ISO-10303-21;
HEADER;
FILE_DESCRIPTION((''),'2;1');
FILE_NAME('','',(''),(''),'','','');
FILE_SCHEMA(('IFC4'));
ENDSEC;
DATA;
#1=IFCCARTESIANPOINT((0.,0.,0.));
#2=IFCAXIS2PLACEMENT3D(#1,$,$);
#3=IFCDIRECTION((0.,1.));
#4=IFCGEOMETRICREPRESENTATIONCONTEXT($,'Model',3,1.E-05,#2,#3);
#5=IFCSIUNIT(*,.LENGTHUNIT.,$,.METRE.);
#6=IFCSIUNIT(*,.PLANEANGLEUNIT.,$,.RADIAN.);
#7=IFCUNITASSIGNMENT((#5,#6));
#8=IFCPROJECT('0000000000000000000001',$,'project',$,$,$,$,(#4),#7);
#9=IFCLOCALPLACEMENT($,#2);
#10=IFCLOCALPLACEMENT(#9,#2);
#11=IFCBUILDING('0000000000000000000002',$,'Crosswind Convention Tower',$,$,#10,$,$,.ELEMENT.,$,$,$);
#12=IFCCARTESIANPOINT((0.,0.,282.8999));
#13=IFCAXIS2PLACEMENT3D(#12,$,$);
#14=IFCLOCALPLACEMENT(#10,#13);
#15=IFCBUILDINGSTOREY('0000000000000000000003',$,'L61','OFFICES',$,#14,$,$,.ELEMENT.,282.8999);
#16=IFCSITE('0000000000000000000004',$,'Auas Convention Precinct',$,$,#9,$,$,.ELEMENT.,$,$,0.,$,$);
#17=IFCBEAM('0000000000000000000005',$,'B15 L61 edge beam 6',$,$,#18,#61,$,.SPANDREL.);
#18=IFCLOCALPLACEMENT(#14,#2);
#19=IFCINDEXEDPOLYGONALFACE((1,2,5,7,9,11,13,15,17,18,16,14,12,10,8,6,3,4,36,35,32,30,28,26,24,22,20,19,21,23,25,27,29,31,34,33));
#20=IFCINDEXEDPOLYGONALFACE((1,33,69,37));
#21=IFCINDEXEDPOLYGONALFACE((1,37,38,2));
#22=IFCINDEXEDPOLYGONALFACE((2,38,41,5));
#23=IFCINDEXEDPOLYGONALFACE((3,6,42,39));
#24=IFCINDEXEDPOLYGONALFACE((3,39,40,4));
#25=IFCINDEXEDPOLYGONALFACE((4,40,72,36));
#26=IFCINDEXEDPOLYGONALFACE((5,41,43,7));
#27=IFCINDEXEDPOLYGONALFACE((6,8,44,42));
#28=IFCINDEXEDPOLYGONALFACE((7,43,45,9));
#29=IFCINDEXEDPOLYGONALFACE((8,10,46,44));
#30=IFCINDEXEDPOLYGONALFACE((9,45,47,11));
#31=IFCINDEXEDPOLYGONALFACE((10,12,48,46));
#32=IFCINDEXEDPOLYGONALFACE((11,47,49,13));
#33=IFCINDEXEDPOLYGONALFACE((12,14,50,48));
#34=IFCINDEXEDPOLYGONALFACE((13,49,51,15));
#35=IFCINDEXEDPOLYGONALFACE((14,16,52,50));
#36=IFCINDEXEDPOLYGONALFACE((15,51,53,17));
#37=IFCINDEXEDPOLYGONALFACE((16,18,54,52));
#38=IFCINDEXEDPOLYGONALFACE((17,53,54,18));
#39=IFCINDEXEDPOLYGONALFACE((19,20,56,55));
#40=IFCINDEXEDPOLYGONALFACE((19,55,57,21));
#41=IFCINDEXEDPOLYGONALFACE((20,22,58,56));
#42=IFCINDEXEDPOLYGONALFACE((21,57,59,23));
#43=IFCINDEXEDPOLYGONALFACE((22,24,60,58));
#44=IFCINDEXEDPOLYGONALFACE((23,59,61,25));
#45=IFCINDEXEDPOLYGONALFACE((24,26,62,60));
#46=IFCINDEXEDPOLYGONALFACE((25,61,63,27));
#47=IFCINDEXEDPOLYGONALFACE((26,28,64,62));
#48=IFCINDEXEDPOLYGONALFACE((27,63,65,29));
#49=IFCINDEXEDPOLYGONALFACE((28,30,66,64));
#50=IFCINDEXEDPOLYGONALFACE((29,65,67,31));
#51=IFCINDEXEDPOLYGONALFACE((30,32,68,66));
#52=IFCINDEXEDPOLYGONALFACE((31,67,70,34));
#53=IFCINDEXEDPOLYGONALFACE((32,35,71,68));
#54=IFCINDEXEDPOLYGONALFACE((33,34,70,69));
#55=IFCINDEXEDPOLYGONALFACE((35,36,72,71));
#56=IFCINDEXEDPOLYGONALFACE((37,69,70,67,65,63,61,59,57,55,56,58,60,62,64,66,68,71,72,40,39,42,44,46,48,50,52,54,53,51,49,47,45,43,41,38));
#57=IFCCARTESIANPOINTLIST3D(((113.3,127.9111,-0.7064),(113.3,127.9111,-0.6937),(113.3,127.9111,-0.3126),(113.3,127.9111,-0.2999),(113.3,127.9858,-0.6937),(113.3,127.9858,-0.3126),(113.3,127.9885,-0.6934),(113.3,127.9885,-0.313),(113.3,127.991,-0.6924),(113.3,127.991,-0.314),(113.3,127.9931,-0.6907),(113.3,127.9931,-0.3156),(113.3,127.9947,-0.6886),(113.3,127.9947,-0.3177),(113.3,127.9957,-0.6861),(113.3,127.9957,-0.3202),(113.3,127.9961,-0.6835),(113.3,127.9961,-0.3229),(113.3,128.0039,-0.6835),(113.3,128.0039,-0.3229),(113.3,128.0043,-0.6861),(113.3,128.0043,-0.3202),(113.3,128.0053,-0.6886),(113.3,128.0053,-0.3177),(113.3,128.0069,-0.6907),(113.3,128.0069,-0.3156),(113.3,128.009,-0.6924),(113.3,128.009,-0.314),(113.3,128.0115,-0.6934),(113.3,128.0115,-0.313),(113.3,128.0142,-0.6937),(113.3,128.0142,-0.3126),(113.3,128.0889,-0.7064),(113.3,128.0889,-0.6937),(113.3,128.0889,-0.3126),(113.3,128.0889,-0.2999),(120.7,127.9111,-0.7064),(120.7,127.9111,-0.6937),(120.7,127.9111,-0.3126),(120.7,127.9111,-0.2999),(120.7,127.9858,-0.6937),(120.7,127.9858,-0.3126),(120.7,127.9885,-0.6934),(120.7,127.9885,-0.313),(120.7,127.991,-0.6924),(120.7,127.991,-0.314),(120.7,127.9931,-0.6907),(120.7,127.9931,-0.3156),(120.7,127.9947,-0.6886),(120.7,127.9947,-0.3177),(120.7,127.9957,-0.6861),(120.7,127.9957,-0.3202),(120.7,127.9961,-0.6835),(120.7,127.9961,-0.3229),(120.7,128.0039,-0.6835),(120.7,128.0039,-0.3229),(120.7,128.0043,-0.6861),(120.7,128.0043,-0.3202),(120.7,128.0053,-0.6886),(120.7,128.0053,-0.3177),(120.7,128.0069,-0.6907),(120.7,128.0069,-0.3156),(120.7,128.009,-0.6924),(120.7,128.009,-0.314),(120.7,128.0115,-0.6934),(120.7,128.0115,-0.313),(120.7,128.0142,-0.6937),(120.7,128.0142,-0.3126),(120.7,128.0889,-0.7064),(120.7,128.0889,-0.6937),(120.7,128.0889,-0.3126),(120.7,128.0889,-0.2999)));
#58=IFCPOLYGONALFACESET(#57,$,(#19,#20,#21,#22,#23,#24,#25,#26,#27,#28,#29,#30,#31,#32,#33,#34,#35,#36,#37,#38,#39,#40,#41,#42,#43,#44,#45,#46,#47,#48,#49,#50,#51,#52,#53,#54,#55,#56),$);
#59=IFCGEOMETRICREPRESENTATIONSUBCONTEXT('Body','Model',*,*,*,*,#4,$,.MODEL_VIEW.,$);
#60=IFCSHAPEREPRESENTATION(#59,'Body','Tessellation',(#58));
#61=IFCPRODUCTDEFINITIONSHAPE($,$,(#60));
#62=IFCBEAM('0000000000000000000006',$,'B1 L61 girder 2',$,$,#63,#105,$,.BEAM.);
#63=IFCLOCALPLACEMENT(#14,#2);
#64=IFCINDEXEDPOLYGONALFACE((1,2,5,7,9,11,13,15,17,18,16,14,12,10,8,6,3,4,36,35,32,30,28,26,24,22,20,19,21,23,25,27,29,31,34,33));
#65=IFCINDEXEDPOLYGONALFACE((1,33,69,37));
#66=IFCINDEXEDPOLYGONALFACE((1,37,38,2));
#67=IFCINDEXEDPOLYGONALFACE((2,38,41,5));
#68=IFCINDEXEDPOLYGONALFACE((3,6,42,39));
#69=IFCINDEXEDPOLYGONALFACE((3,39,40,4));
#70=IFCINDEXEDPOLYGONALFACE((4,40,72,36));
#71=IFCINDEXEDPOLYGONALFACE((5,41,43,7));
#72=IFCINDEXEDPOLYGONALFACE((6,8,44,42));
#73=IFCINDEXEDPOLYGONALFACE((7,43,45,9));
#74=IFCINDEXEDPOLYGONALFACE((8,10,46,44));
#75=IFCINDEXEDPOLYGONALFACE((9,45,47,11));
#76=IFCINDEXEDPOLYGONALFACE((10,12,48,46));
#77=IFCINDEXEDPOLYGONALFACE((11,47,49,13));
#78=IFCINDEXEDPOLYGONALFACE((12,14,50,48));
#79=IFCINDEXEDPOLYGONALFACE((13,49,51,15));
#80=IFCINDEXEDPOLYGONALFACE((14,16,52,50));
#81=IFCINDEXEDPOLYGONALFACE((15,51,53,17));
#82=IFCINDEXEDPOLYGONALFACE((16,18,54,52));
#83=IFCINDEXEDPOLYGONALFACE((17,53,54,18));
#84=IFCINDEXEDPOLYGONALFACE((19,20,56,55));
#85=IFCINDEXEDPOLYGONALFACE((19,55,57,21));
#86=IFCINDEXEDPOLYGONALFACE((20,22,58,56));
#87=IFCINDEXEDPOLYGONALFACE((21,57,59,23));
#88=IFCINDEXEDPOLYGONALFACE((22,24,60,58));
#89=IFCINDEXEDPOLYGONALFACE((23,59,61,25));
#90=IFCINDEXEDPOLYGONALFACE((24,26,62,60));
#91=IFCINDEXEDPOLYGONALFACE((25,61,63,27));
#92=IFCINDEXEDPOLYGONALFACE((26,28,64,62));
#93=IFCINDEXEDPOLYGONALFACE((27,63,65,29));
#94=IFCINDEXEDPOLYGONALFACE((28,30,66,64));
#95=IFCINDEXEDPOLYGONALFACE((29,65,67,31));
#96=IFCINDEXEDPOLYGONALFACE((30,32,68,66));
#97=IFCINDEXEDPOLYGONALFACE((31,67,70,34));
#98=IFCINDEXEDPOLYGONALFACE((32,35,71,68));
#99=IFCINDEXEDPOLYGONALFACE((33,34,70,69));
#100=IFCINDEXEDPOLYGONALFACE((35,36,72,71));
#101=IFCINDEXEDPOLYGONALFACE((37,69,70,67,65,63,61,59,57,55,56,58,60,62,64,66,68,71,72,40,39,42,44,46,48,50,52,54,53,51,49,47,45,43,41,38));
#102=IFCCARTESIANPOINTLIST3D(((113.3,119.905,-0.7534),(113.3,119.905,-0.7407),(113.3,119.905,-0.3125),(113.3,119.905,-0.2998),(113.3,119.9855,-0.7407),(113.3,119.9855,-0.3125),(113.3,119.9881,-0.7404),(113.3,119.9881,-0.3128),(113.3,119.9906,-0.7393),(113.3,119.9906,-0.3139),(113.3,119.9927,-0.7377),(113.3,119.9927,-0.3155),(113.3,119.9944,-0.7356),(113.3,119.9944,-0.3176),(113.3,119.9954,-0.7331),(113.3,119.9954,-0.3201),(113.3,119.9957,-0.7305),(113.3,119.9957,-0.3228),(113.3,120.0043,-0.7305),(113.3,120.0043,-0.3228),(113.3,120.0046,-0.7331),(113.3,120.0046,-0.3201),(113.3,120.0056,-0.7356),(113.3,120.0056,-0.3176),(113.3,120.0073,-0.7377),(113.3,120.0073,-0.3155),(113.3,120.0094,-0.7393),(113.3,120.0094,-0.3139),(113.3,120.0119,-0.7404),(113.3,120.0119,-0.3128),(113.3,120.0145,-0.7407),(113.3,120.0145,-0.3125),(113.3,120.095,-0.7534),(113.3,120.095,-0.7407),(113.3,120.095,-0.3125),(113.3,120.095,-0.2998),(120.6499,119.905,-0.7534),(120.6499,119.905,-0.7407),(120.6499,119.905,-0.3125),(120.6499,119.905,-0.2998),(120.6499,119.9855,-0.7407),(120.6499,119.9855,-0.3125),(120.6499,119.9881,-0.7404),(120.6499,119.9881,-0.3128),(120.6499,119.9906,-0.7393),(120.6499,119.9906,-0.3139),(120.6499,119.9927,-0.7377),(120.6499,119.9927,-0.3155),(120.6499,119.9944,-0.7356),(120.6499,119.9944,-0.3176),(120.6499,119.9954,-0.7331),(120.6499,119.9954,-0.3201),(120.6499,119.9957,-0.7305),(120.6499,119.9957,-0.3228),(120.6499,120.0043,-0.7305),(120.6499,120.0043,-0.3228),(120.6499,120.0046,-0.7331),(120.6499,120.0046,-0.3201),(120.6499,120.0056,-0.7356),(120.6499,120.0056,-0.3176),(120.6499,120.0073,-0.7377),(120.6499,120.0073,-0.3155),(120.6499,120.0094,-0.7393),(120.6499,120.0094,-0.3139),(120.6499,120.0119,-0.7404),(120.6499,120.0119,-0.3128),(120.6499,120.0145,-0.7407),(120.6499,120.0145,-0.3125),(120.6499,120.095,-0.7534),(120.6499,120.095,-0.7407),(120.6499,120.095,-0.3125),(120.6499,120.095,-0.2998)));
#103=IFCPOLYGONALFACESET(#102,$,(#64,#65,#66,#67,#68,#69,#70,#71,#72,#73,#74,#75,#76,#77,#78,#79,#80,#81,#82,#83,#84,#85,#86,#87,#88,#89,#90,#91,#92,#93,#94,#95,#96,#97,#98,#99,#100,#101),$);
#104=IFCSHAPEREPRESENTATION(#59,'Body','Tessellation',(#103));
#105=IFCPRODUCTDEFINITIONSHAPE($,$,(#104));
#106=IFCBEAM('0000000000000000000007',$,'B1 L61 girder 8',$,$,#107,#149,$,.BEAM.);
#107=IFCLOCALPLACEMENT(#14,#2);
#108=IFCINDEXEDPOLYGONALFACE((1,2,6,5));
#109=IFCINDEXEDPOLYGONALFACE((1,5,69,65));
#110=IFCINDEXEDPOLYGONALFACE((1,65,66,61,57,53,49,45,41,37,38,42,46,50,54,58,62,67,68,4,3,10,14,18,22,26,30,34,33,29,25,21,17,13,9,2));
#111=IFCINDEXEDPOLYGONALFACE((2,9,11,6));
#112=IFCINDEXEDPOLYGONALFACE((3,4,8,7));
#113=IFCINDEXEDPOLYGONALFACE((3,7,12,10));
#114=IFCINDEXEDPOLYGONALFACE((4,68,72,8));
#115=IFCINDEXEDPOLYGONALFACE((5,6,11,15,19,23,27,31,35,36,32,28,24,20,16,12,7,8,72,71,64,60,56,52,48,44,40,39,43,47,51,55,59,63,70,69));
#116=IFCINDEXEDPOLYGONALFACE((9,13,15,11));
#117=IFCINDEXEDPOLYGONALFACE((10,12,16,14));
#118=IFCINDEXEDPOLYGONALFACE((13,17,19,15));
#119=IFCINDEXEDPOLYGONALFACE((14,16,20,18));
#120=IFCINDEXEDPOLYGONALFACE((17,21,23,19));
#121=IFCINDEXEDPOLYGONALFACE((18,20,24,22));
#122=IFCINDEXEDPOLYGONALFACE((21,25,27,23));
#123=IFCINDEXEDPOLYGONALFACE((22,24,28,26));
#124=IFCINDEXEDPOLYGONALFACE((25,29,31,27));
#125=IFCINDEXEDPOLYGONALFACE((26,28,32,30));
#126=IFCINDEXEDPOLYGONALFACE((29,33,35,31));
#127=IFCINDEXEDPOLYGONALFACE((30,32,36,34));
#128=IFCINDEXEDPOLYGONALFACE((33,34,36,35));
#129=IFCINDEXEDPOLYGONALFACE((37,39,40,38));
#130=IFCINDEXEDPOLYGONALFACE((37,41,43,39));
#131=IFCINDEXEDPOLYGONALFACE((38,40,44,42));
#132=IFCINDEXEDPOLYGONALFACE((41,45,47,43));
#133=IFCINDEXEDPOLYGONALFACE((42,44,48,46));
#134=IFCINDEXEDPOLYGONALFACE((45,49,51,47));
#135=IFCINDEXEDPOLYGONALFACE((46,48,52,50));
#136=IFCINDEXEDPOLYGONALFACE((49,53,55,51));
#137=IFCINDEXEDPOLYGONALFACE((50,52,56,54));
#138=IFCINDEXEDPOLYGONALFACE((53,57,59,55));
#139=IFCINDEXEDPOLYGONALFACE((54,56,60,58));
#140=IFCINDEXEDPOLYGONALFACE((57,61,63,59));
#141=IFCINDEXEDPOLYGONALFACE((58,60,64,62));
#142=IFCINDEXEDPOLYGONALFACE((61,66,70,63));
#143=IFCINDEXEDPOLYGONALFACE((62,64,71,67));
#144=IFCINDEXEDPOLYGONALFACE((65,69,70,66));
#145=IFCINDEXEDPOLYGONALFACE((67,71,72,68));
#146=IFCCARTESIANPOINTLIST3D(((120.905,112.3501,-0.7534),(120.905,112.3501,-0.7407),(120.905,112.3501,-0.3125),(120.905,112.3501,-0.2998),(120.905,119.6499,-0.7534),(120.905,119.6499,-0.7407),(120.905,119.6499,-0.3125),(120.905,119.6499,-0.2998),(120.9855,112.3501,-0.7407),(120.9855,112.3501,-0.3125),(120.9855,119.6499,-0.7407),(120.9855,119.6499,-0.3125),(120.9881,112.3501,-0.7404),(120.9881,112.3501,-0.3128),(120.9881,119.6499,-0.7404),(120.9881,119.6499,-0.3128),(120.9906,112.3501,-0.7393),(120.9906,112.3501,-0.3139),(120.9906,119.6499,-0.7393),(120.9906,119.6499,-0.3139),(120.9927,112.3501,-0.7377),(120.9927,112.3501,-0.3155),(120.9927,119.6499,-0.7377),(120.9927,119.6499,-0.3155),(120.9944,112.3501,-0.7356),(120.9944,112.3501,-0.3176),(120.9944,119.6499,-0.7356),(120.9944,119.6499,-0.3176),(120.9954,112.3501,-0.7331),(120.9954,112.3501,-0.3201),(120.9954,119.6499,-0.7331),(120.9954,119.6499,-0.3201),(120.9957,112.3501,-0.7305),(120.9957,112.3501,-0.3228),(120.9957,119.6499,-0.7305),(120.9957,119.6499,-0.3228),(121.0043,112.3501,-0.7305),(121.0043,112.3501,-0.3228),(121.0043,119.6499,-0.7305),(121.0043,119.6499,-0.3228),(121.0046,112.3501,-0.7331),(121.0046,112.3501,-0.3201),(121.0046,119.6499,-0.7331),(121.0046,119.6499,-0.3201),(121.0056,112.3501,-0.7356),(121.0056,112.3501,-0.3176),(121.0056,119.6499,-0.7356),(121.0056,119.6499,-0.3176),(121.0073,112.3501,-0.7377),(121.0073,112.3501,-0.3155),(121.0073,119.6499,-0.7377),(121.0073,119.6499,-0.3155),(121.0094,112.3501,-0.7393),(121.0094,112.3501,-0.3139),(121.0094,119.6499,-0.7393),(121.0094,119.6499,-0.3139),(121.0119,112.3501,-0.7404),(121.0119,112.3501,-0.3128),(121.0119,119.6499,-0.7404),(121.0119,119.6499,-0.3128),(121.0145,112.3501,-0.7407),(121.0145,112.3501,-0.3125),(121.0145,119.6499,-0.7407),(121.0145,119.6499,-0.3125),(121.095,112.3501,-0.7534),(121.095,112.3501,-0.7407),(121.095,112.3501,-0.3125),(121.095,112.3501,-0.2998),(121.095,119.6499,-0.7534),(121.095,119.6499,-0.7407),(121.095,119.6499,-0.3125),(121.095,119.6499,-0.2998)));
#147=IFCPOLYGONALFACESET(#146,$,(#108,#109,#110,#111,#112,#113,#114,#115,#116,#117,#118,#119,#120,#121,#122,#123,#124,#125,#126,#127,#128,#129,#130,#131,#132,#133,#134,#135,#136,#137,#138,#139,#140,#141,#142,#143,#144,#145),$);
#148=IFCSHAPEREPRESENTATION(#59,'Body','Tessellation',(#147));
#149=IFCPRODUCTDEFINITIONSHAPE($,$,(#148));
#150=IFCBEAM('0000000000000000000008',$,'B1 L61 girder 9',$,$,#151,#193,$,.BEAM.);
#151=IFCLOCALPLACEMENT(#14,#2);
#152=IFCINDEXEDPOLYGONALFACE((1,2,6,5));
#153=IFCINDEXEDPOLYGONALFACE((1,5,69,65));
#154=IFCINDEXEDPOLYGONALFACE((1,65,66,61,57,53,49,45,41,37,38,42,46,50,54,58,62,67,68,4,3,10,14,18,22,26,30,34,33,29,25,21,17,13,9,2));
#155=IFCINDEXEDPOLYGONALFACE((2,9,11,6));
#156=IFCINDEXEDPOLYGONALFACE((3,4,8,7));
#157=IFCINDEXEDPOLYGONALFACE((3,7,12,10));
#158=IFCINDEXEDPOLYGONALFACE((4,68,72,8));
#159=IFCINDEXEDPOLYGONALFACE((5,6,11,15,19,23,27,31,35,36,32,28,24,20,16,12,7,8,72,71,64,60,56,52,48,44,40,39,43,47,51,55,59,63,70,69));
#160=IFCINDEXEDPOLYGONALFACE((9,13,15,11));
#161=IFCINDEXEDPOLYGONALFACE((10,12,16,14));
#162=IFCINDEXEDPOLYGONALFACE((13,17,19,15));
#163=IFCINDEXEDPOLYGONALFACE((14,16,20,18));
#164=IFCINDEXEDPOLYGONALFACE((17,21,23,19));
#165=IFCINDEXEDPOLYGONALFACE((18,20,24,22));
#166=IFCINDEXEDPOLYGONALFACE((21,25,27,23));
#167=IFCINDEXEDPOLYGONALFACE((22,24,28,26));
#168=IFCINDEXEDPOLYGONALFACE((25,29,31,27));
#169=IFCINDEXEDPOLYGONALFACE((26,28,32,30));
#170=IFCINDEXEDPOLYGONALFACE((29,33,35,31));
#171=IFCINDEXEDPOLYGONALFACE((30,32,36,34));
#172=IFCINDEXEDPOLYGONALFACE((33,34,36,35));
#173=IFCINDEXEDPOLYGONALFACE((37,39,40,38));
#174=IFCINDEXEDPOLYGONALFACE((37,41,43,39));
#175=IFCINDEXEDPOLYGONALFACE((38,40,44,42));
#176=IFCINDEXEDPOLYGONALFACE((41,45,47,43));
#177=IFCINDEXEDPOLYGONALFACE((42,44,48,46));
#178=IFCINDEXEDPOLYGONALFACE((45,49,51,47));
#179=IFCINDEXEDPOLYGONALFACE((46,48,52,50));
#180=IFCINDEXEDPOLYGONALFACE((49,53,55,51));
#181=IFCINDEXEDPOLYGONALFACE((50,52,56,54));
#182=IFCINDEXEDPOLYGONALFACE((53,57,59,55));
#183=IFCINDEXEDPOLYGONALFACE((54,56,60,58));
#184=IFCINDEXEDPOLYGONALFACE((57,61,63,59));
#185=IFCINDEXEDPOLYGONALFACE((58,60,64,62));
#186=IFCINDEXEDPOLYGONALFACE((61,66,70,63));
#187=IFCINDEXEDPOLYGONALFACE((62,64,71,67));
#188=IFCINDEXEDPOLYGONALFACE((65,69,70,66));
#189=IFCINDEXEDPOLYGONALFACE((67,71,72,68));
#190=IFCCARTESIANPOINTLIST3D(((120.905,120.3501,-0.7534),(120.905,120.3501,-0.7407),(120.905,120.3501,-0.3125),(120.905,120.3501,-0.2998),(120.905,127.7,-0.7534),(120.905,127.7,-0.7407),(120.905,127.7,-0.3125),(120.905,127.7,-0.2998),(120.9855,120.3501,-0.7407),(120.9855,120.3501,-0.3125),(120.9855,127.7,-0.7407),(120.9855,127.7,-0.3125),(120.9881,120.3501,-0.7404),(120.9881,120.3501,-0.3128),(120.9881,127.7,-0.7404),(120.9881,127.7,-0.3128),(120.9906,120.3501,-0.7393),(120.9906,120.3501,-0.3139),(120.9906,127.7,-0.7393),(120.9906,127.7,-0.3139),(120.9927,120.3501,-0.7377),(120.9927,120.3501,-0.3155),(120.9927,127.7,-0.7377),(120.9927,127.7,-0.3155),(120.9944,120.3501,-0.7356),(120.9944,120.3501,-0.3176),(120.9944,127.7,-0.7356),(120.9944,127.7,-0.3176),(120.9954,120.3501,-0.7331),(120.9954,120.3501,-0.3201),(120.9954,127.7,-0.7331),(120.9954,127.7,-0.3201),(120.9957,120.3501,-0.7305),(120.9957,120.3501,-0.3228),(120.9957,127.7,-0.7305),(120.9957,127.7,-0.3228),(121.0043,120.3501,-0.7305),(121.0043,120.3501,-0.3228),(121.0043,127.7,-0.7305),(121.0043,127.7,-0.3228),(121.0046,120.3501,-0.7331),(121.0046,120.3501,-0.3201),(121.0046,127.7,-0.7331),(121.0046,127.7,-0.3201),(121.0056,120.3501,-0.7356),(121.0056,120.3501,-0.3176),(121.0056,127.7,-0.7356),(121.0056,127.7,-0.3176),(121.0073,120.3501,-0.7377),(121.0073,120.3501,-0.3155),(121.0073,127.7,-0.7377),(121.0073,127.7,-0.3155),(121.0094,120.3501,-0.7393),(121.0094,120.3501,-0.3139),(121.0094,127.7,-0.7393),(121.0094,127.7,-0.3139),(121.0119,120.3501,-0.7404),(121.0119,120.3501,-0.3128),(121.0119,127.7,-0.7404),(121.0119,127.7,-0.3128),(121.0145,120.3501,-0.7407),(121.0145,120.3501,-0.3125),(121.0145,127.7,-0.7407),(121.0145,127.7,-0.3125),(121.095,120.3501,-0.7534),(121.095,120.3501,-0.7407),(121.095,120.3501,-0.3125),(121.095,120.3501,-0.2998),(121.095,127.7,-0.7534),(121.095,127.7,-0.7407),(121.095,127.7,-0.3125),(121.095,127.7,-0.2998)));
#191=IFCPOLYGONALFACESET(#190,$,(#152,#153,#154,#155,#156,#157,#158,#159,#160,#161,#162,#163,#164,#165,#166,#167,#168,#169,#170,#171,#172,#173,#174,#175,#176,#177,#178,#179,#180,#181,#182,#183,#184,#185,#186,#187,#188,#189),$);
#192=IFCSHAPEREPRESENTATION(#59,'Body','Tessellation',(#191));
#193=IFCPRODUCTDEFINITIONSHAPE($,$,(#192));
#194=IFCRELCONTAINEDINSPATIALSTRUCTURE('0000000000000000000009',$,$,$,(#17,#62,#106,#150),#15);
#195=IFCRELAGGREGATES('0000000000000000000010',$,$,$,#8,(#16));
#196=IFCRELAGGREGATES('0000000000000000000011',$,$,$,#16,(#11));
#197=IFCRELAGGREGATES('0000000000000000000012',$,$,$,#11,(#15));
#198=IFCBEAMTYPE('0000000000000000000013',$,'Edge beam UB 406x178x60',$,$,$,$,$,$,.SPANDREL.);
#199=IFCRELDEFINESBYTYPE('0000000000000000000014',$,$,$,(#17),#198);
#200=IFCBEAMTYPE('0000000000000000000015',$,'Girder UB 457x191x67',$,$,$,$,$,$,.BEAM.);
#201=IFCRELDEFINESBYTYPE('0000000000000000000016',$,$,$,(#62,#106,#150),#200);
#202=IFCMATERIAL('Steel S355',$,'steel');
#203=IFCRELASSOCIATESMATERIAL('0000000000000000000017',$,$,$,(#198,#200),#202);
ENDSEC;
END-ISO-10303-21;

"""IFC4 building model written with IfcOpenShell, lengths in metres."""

from ifc_helpers import new_model, si_unit, direction, frame, origin, origin_2d, place, context, subcontext, project, spatial, i_section, extrude, material, material_profile, profile_set, type_object, element, save


model = new_model("IFC4")

# Units and contexts
model_context = context("Model", 3, precision=1e-05, world=origin(), true_north=direction((0.0, 1.0)))
body_context = subcontext(model_context, "Body", "Model", "MODEL_VIEW")
ifc_project = project(units=[si_unit("LENGTHUNIT", "METRE"), si_unit("PLANEANGLEUNIT", "RADIAN")], contexts=[model_context])

# Site, building, storey
site_placement = place(None, origin())
site = spatial("IfcSite", under=ifc_project, at=site_placement, Name="Auas Convention Precinct", CompositionType="ELEMENT", RefElevation=0.0)
building_placement = place(site_placement, origin())
building = spatial("IfcBuilding", under=site, at=building_placement, Name="Crosswind Convention Tower", CompositionType="ELEMENT")
storey_placement = place(building_placement, frame((0.0, 0.0, 282.8999)))
storey = spatial("IfcBuildingStorey", under=building, at=storey_placement, Name="L61", Description="OFFICES", CompositionType="ELEMENT", Elevation=282.8999)

# Beams
ifc_material_1 = material(Name="Steel S355", Category="steel")
ifc_material_profile_1 = material_profile(ifc_material_1, i_section(OverallWidth=0.1777, OverallDepth=0.4065, WebThickness=0.0078, FlangeThickness=0.0127, FilletRadius=0.0103, at=origin_2d()), Name="UB 406x178x60")
ifc_profile_set_1 = profile_set([ifc_material_profile_1], Name="Steel S355")
beam_type_1 = type_object("IfcBeamType", Name="Edge beam UB 406x178x60", PredefinedType="SPANDREL", material=ifc_profile_set_1)
for number, where, z_axis, x_axis, name in (
    (1, (113.3, 128.0, -0.5032), (1.0, 0.0, 0.0), (0.0, 1.0, 0.0), "B15 L61 edge beam 6"),
):
    element("IfcBeam", number, at=place(storey_placement, frame(where, z_axis=z_axis, x_axis=x_axis)), inside=storey, type_object=beam_type_1, Name=name, PredefinedType="SPANDREL", context=body_context, shape_type="SweptSolid", body=[
        extrude(i_section(OverallWidth=0.1777, OverallDepth=0.4065, WebThickness=0.0078, FlangeThickness=0.0127, FilletRadius=0.0103, at=origin_2d()), origin(), (0.0, 0.0, 1.0), 7.3999),
    ])
ifc_material_profile_2 = material_profile(ifc_material_1, i_section(OverallWidth=0.1899, OverallDepth=0.4536, WebThickness=0.0085, FlangeThickness=0.0127, FilletRadius=0.0103, at=origin_2d()), Name="UB 457x191x67")
ifc_profile_set_2 = profile_set([ifc_material_profile_2], Name="Steel S355")
beam_type_2 = type_object("IfcBeamType", Name="Girder UB 457x191x67", PredefinedType="BEAM", material=ifc_profile_set_2)
beam_1_placement = place(storey_placement, frame((113.3, 120.0, -0.5266), z_axis=(1.0, 0.0, 0.0), x_axis=(0.0, 1.0, 0.0)))
element("IfcBeam", 2, at=beam_1_placement, inside=storey, type_object=beam_type_2, Name="B1 L61 girder 2", PredefinedType="BEAM", context=body_context, shape_type="SweptSolid", body=[
    extrude(i_section(OverallWidth=0.1899, OverallDepth=0.4536, WebThickness=0.0085, FlangeThickness=0.0127, FilletRadius=0.0103, at=origin_2d()), origin(), (0.0, 0.0, 1.0), 7.3499),
])
beam_2_placement = place(storey_placement, frame((121.0, 112.3501, -0.5266), z_axis=(0.0, 1.0, 0.0), x_axis=(-1.0, 0.0, 0.0)))
element("IfcBeam", 3, at=beam_2_placement, inside=storey, type_object=beam_type_2, Name="B1 L61 girder 8", PredefinedType="BEAM", context=body_context, shape_type="SweptSolid", body=[
    extrude(i_section(OverallWidth=0.1899, OverallDepth=0.4536, WebThickness=0.0085, FlangeThickness=0.0127, FilletRadius=0.0103, at=origin_2d()), origin(), (0.0, 0.0, 1.0), 7.2998),
])
beam_3_placement = place(storey_placement, frame((121.0, 120.3501, -0.5266), z_axis=(0.0, 1.0, 0.0), x_axis=(-1.0, 0.0, 0.0)))
element("IfcBeam", 4, at=beam_3_placement, inside=storey, type_object=beam_type_2, Name="B1 L61 girder 9", PredefinedType="BEAM", context=body_context, shape_type="SweptSolid", body=[
    extrude(i_section(OverallWidth=0.1899, OverallDepth=0.4536, WebThickness=0.0085, FlangeThickness=0.0127, FilletRadius=0.0103, at=origin_2d()), origin(), (0.0, 0.0, 1.0), 7.3499),
])

save(model, "model.ifc")
